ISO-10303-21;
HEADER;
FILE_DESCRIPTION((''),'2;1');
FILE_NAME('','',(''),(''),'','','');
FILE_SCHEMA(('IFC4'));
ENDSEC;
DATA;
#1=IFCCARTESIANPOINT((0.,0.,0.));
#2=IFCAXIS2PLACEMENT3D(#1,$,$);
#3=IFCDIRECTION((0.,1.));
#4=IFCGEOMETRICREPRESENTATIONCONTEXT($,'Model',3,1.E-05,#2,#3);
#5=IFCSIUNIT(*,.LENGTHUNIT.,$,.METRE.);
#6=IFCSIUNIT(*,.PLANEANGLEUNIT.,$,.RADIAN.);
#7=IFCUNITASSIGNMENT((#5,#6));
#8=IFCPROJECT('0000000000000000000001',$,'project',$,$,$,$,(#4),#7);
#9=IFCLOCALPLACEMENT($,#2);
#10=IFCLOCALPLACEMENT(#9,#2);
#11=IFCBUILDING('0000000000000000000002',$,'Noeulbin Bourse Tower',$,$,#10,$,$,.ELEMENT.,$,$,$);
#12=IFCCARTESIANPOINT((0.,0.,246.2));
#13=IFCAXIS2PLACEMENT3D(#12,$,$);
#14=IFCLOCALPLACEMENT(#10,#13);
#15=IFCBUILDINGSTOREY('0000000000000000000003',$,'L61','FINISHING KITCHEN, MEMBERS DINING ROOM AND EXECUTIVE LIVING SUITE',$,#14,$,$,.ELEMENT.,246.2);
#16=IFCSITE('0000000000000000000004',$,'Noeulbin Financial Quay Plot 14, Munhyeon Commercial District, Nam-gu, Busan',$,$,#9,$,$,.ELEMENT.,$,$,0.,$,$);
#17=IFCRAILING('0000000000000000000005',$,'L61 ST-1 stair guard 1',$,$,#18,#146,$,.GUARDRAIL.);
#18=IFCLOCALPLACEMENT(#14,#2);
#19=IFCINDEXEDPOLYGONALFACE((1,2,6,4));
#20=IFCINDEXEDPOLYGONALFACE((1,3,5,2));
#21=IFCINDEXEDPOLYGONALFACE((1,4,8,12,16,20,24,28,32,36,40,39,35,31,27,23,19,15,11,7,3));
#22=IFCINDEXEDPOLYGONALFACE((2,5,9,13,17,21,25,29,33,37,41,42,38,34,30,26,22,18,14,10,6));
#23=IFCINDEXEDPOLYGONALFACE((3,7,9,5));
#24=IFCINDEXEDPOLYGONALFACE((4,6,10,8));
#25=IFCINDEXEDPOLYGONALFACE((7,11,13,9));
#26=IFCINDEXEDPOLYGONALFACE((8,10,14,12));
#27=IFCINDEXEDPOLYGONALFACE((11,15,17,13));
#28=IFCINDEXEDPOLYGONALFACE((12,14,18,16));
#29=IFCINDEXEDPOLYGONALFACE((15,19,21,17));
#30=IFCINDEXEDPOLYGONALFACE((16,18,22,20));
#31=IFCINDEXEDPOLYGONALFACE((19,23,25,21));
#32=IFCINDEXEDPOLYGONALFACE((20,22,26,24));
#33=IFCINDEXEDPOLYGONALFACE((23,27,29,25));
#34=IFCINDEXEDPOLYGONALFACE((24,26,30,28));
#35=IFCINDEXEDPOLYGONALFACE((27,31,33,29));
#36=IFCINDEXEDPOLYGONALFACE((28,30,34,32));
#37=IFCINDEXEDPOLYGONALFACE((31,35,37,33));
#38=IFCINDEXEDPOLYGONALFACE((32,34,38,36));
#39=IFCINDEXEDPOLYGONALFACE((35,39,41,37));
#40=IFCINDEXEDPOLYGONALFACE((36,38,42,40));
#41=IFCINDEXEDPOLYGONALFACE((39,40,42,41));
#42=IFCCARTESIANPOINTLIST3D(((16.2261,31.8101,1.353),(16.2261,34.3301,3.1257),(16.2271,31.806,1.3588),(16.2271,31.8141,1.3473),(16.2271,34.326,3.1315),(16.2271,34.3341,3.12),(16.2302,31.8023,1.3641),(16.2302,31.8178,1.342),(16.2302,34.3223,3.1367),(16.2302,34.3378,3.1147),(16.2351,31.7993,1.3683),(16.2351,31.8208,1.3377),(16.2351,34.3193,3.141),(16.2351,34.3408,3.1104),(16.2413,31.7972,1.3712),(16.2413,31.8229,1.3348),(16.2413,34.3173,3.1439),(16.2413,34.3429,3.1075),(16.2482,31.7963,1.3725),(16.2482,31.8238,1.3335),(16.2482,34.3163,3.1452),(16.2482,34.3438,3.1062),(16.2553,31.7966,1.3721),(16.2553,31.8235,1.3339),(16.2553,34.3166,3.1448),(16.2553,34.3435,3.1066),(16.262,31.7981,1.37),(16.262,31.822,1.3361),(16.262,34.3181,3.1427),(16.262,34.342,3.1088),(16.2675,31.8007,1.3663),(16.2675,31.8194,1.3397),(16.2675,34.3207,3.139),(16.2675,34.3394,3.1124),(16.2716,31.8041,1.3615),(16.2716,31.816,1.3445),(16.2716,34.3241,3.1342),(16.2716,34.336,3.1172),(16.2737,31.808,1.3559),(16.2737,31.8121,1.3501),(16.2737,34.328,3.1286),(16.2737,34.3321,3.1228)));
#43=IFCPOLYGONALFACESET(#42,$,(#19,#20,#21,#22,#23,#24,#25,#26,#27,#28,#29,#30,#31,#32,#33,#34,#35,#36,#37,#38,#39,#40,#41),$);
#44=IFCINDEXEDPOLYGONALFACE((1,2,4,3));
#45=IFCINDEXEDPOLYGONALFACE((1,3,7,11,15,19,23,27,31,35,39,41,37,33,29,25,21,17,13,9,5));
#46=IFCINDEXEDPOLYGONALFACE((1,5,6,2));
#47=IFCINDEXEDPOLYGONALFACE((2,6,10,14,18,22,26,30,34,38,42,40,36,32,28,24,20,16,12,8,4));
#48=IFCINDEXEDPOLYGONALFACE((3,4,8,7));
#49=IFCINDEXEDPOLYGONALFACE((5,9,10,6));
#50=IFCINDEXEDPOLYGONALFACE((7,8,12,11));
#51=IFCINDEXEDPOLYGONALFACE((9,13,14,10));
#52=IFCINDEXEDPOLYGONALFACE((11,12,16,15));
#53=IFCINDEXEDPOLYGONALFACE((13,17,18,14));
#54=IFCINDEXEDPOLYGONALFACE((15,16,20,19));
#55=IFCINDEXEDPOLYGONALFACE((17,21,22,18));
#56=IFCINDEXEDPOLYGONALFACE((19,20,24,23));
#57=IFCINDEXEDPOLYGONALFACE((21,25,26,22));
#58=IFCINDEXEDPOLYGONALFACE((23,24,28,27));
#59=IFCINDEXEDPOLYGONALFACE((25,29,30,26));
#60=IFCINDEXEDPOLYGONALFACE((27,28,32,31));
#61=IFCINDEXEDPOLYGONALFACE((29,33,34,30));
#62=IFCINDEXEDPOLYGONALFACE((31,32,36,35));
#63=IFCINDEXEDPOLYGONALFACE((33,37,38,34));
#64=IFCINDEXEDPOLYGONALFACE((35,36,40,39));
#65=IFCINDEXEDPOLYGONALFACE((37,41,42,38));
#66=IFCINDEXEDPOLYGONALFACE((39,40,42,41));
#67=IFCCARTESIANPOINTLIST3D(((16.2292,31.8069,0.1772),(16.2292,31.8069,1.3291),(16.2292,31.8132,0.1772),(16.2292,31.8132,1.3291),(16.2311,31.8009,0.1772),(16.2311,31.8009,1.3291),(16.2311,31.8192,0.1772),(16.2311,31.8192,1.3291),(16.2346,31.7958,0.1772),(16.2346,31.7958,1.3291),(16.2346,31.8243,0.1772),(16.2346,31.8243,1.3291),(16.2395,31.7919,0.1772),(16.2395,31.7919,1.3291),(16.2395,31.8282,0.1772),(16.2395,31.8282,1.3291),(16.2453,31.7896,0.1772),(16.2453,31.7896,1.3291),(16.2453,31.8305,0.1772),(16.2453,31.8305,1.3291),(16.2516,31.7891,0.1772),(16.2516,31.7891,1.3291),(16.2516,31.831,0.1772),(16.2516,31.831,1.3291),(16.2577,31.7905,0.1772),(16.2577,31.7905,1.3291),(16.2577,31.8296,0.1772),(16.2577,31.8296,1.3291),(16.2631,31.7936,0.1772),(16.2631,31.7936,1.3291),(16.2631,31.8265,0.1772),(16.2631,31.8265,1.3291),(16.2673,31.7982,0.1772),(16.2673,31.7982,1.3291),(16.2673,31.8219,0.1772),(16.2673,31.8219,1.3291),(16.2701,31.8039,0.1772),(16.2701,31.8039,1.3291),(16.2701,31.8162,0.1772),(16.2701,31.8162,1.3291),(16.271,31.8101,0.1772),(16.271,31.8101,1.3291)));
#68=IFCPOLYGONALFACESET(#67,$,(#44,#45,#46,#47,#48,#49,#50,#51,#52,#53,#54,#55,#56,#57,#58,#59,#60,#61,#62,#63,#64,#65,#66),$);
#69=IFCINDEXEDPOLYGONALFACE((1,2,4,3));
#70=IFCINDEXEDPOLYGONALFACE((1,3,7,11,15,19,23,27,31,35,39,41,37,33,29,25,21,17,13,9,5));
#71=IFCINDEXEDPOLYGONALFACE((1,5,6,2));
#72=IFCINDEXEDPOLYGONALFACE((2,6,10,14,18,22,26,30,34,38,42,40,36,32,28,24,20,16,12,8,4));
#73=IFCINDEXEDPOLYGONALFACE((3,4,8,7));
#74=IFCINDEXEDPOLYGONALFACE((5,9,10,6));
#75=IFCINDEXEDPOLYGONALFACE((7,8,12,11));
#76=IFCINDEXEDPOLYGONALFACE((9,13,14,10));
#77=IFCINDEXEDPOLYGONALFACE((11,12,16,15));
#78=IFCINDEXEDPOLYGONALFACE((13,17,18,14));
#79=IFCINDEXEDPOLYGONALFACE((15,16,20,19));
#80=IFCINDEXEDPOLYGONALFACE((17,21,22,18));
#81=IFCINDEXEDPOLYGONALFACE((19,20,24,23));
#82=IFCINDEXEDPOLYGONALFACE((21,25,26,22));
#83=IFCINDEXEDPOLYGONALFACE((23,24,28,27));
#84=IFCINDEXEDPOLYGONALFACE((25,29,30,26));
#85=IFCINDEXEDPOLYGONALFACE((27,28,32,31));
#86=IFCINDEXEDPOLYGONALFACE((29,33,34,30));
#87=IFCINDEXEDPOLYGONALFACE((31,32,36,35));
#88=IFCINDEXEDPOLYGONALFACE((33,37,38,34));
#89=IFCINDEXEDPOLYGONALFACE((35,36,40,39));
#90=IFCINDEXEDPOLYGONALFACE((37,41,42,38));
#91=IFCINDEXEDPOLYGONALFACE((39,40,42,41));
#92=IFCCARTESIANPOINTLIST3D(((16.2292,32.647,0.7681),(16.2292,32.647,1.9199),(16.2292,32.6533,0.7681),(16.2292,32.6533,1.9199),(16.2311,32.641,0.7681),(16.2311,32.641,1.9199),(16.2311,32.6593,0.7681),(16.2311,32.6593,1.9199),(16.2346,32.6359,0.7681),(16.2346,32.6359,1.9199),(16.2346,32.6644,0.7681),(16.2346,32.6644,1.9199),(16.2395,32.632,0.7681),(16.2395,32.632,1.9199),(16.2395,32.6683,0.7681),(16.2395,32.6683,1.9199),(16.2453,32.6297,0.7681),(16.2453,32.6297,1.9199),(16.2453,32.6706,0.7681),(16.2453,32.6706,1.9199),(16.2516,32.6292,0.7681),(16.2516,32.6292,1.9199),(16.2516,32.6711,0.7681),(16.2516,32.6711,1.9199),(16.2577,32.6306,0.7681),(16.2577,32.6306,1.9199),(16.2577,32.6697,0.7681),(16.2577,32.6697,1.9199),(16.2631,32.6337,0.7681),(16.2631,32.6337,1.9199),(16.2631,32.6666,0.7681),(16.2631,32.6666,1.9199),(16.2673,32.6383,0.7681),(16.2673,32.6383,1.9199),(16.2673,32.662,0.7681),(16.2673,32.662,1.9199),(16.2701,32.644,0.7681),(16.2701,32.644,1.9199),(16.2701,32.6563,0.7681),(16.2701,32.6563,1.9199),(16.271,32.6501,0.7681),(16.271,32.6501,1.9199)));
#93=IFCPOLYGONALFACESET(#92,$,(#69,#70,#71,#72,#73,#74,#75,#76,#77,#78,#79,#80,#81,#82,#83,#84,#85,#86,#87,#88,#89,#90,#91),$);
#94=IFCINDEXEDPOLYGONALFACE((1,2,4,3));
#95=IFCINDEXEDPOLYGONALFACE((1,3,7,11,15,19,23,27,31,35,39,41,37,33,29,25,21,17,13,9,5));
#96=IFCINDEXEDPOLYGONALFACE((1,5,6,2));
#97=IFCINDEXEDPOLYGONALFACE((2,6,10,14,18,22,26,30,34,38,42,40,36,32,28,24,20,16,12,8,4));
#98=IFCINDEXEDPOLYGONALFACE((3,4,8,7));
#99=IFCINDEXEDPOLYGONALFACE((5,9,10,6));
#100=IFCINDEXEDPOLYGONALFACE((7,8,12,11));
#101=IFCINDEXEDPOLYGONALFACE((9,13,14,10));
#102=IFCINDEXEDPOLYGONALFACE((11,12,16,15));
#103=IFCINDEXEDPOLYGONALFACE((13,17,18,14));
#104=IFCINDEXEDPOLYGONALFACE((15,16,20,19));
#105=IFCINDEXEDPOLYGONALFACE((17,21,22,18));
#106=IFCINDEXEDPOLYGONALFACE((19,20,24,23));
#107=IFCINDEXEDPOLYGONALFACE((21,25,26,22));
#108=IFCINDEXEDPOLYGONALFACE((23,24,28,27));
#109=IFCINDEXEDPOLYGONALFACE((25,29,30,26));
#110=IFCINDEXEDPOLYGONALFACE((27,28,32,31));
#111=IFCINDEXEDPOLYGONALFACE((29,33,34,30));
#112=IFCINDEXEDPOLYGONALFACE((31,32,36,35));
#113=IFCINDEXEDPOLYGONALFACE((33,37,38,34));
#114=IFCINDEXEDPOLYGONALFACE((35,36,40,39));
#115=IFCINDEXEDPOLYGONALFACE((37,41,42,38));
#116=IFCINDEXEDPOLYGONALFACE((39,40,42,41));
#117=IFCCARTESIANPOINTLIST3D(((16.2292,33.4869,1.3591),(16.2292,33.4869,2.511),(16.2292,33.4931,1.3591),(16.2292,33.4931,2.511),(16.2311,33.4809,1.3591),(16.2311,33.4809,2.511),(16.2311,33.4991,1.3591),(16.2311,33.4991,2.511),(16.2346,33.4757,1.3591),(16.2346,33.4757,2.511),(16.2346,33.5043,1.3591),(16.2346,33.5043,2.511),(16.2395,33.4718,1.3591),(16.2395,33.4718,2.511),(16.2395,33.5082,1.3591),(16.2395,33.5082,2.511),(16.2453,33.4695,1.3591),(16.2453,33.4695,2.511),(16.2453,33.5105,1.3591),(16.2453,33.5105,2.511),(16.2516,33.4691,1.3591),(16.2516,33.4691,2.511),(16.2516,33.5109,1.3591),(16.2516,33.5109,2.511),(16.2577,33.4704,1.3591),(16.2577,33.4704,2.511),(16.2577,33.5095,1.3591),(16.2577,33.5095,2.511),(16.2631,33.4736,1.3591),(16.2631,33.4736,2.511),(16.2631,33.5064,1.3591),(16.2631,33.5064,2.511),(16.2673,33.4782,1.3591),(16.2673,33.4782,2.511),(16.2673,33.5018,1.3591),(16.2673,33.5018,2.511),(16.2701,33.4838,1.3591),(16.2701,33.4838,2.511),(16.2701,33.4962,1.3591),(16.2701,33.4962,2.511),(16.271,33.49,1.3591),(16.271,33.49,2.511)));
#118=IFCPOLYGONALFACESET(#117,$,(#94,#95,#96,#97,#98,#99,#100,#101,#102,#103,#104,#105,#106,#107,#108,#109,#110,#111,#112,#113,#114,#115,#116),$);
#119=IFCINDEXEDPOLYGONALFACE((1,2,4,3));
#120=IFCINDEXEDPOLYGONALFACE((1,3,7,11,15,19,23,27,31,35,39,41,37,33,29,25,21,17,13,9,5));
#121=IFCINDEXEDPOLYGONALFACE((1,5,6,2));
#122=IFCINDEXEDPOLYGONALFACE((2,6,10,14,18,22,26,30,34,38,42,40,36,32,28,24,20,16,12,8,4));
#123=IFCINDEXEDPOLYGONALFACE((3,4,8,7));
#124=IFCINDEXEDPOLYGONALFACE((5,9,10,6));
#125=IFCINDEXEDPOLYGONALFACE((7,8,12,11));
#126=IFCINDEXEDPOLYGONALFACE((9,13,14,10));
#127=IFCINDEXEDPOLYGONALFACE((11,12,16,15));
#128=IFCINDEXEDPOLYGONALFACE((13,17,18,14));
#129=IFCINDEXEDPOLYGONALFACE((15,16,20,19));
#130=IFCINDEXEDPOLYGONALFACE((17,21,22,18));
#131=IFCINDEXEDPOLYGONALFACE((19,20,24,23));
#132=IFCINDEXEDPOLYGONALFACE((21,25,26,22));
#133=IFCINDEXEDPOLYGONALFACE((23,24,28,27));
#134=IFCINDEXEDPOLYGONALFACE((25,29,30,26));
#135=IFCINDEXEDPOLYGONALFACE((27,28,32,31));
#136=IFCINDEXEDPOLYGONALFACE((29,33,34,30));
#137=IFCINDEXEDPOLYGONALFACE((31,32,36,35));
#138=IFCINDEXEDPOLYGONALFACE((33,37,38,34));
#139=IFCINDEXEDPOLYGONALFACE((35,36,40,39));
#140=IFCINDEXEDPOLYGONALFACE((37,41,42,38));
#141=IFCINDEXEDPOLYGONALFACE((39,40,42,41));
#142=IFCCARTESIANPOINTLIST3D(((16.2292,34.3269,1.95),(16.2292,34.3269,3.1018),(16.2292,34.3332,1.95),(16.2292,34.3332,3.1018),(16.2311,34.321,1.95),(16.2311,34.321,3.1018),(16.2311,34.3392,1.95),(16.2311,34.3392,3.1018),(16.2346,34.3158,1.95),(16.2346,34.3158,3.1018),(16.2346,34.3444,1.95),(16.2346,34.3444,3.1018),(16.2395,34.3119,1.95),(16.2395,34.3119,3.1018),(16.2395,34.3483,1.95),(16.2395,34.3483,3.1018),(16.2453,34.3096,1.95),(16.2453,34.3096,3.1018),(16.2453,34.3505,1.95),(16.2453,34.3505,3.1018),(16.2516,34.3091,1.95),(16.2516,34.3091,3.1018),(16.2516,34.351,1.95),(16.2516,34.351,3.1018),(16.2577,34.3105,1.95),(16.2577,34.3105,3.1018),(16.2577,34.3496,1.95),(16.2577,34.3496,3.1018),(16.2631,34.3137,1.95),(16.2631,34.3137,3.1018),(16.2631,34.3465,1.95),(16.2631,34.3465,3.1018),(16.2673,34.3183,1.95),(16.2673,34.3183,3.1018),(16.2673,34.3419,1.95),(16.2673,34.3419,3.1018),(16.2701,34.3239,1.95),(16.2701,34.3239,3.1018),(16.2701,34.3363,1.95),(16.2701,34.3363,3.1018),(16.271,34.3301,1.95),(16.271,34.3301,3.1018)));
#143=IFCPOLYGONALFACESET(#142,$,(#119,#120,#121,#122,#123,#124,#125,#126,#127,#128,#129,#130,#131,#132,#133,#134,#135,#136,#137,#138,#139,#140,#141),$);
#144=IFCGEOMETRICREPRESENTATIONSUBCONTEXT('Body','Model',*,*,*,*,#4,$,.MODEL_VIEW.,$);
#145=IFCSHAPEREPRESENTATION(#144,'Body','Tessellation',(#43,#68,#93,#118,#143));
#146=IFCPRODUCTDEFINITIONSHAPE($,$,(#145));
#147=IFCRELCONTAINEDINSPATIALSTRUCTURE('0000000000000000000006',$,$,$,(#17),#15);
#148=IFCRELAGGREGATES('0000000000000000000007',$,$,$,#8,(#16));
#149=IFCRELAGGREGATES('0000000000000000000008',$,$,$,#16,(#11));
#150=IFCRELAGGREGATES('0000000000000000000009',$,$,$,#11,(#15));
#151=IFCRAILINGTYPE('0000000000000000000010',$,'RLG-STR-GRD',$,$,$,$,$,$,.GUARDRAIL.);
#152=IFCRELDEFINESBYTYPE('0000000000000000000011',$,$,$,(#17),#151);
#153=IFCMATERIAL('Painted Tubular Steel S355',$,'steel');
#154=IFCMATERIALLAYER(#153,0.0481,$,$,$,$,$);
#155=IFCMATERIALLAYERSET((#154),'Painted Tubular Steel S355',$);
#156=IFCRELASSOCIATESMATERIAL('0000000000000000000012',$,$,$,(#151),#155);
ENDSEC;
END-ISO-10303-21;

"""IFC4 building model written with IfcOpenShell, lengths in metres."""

from ifc_helpers import new_model, si_unit, direction, frame, origin, origin_2d, place, context, subcontext, project, spatial, circle, extrude, material, layer, layer_set, type_object, element, save


model = new_model("IFC4")

# Units and contexts
model_context = context("Model", 3, precision=1e-05, world=origin(), true_north=direction((0.0, 1.0)))
body_context = subcontext(model_context, "Body", "Model", "MODEL_VIEW")
ifc_project = project(units=[si_unit("LENGTHUNIT", "METRE"), si_unit("PLANEANGLEUNIT", "RADIAN")], contexts=[model_context])

# Site, building, storey
site_placement = place(None, origin())
site = spatial("IfcSite", under=ifc_project, at=site_placement, Name="Noeulbin Financial Quay Plot 14, Munhyeon Commercial District, Nam-gu, Busan", CompositionType="ELEMENT", RefElevation=0.0)
building_placement = place(site_placement, origin())
building = spatial("IfcBuilding", under=site, at=building_placement, Name="Noeulbin Bourse Tower", CompositionType="ELEMENT")
storey_placement = place(building_placement, frame((0.0, 0.0, 246.2)))
storey = spatial("IfcBuildingStorey", under=building, at=storey_placement, Name="L61", Description="FINISHING KITCHEN, MEMBERS DINING ROOM AND EXECUTIVE LIVING SUITE", CompositionType="ELEMENT", Elevation=246.2)

# Railing
ifc_material_1 = material(Name="Painted Tubular Steel S355", Category="steel")
ifc_layer_1 = layer(ifc_material_1, 0.0481)
ifc_layer_set_1 = layer_set([ifc_layer_1], Name="Painted Tubular Steel S355")
railing_type_1 = type_object("IfcRailingType", Name="RLG-STR-GRD", PredefinedType="GUARDRAIL", material=ifc_layer_set_1)
railing_1_placement = place(storey_placement, frame((16.25, 31.8101, 0.1772)))
element("IfcRailing", 1, at=railing_1_placement, inside=storey, type_object=railing_type_1, Name="L61 ST-1 stair guard 1", PredefinedType="GUARDRAIL", context=body_context, shape_type="SweptSolid", body=[
    extrude(circle(Radius=0.0239, at=origin_2d()), frame((0.0, 0.0, 1.1758), z_axis=(0.0, 0.817904, 0.575354), x_axis=(-1.0, 0.0, 0.0)), (0.0, 0.0, 1.0), 3.0811),
    extrude(circle(Radius=0.021, at=origin_2d()), origin(), (0.0, 0.0, 1.0), 1.1519),
    extrude(circle(Radius=0.021, at=origin_2d()), frame((0.0, 0.8401, 0.5908)), (0.0, 0.0, 1.0), 1.1519),
    extrude(circle(Radius=0.021, at=origin_2d()), frame((0.0, 1.6799, 1.1819)), (0.0, 0.0, 1.0), 1.1519),
    extrude(circle(Radius=0.021, at=origin_2d()), frame((0.0, 2.52, 1.7727)), (0.0, 0.0, 1.0), 1.1519),
])

save(model, "model.ifc")
